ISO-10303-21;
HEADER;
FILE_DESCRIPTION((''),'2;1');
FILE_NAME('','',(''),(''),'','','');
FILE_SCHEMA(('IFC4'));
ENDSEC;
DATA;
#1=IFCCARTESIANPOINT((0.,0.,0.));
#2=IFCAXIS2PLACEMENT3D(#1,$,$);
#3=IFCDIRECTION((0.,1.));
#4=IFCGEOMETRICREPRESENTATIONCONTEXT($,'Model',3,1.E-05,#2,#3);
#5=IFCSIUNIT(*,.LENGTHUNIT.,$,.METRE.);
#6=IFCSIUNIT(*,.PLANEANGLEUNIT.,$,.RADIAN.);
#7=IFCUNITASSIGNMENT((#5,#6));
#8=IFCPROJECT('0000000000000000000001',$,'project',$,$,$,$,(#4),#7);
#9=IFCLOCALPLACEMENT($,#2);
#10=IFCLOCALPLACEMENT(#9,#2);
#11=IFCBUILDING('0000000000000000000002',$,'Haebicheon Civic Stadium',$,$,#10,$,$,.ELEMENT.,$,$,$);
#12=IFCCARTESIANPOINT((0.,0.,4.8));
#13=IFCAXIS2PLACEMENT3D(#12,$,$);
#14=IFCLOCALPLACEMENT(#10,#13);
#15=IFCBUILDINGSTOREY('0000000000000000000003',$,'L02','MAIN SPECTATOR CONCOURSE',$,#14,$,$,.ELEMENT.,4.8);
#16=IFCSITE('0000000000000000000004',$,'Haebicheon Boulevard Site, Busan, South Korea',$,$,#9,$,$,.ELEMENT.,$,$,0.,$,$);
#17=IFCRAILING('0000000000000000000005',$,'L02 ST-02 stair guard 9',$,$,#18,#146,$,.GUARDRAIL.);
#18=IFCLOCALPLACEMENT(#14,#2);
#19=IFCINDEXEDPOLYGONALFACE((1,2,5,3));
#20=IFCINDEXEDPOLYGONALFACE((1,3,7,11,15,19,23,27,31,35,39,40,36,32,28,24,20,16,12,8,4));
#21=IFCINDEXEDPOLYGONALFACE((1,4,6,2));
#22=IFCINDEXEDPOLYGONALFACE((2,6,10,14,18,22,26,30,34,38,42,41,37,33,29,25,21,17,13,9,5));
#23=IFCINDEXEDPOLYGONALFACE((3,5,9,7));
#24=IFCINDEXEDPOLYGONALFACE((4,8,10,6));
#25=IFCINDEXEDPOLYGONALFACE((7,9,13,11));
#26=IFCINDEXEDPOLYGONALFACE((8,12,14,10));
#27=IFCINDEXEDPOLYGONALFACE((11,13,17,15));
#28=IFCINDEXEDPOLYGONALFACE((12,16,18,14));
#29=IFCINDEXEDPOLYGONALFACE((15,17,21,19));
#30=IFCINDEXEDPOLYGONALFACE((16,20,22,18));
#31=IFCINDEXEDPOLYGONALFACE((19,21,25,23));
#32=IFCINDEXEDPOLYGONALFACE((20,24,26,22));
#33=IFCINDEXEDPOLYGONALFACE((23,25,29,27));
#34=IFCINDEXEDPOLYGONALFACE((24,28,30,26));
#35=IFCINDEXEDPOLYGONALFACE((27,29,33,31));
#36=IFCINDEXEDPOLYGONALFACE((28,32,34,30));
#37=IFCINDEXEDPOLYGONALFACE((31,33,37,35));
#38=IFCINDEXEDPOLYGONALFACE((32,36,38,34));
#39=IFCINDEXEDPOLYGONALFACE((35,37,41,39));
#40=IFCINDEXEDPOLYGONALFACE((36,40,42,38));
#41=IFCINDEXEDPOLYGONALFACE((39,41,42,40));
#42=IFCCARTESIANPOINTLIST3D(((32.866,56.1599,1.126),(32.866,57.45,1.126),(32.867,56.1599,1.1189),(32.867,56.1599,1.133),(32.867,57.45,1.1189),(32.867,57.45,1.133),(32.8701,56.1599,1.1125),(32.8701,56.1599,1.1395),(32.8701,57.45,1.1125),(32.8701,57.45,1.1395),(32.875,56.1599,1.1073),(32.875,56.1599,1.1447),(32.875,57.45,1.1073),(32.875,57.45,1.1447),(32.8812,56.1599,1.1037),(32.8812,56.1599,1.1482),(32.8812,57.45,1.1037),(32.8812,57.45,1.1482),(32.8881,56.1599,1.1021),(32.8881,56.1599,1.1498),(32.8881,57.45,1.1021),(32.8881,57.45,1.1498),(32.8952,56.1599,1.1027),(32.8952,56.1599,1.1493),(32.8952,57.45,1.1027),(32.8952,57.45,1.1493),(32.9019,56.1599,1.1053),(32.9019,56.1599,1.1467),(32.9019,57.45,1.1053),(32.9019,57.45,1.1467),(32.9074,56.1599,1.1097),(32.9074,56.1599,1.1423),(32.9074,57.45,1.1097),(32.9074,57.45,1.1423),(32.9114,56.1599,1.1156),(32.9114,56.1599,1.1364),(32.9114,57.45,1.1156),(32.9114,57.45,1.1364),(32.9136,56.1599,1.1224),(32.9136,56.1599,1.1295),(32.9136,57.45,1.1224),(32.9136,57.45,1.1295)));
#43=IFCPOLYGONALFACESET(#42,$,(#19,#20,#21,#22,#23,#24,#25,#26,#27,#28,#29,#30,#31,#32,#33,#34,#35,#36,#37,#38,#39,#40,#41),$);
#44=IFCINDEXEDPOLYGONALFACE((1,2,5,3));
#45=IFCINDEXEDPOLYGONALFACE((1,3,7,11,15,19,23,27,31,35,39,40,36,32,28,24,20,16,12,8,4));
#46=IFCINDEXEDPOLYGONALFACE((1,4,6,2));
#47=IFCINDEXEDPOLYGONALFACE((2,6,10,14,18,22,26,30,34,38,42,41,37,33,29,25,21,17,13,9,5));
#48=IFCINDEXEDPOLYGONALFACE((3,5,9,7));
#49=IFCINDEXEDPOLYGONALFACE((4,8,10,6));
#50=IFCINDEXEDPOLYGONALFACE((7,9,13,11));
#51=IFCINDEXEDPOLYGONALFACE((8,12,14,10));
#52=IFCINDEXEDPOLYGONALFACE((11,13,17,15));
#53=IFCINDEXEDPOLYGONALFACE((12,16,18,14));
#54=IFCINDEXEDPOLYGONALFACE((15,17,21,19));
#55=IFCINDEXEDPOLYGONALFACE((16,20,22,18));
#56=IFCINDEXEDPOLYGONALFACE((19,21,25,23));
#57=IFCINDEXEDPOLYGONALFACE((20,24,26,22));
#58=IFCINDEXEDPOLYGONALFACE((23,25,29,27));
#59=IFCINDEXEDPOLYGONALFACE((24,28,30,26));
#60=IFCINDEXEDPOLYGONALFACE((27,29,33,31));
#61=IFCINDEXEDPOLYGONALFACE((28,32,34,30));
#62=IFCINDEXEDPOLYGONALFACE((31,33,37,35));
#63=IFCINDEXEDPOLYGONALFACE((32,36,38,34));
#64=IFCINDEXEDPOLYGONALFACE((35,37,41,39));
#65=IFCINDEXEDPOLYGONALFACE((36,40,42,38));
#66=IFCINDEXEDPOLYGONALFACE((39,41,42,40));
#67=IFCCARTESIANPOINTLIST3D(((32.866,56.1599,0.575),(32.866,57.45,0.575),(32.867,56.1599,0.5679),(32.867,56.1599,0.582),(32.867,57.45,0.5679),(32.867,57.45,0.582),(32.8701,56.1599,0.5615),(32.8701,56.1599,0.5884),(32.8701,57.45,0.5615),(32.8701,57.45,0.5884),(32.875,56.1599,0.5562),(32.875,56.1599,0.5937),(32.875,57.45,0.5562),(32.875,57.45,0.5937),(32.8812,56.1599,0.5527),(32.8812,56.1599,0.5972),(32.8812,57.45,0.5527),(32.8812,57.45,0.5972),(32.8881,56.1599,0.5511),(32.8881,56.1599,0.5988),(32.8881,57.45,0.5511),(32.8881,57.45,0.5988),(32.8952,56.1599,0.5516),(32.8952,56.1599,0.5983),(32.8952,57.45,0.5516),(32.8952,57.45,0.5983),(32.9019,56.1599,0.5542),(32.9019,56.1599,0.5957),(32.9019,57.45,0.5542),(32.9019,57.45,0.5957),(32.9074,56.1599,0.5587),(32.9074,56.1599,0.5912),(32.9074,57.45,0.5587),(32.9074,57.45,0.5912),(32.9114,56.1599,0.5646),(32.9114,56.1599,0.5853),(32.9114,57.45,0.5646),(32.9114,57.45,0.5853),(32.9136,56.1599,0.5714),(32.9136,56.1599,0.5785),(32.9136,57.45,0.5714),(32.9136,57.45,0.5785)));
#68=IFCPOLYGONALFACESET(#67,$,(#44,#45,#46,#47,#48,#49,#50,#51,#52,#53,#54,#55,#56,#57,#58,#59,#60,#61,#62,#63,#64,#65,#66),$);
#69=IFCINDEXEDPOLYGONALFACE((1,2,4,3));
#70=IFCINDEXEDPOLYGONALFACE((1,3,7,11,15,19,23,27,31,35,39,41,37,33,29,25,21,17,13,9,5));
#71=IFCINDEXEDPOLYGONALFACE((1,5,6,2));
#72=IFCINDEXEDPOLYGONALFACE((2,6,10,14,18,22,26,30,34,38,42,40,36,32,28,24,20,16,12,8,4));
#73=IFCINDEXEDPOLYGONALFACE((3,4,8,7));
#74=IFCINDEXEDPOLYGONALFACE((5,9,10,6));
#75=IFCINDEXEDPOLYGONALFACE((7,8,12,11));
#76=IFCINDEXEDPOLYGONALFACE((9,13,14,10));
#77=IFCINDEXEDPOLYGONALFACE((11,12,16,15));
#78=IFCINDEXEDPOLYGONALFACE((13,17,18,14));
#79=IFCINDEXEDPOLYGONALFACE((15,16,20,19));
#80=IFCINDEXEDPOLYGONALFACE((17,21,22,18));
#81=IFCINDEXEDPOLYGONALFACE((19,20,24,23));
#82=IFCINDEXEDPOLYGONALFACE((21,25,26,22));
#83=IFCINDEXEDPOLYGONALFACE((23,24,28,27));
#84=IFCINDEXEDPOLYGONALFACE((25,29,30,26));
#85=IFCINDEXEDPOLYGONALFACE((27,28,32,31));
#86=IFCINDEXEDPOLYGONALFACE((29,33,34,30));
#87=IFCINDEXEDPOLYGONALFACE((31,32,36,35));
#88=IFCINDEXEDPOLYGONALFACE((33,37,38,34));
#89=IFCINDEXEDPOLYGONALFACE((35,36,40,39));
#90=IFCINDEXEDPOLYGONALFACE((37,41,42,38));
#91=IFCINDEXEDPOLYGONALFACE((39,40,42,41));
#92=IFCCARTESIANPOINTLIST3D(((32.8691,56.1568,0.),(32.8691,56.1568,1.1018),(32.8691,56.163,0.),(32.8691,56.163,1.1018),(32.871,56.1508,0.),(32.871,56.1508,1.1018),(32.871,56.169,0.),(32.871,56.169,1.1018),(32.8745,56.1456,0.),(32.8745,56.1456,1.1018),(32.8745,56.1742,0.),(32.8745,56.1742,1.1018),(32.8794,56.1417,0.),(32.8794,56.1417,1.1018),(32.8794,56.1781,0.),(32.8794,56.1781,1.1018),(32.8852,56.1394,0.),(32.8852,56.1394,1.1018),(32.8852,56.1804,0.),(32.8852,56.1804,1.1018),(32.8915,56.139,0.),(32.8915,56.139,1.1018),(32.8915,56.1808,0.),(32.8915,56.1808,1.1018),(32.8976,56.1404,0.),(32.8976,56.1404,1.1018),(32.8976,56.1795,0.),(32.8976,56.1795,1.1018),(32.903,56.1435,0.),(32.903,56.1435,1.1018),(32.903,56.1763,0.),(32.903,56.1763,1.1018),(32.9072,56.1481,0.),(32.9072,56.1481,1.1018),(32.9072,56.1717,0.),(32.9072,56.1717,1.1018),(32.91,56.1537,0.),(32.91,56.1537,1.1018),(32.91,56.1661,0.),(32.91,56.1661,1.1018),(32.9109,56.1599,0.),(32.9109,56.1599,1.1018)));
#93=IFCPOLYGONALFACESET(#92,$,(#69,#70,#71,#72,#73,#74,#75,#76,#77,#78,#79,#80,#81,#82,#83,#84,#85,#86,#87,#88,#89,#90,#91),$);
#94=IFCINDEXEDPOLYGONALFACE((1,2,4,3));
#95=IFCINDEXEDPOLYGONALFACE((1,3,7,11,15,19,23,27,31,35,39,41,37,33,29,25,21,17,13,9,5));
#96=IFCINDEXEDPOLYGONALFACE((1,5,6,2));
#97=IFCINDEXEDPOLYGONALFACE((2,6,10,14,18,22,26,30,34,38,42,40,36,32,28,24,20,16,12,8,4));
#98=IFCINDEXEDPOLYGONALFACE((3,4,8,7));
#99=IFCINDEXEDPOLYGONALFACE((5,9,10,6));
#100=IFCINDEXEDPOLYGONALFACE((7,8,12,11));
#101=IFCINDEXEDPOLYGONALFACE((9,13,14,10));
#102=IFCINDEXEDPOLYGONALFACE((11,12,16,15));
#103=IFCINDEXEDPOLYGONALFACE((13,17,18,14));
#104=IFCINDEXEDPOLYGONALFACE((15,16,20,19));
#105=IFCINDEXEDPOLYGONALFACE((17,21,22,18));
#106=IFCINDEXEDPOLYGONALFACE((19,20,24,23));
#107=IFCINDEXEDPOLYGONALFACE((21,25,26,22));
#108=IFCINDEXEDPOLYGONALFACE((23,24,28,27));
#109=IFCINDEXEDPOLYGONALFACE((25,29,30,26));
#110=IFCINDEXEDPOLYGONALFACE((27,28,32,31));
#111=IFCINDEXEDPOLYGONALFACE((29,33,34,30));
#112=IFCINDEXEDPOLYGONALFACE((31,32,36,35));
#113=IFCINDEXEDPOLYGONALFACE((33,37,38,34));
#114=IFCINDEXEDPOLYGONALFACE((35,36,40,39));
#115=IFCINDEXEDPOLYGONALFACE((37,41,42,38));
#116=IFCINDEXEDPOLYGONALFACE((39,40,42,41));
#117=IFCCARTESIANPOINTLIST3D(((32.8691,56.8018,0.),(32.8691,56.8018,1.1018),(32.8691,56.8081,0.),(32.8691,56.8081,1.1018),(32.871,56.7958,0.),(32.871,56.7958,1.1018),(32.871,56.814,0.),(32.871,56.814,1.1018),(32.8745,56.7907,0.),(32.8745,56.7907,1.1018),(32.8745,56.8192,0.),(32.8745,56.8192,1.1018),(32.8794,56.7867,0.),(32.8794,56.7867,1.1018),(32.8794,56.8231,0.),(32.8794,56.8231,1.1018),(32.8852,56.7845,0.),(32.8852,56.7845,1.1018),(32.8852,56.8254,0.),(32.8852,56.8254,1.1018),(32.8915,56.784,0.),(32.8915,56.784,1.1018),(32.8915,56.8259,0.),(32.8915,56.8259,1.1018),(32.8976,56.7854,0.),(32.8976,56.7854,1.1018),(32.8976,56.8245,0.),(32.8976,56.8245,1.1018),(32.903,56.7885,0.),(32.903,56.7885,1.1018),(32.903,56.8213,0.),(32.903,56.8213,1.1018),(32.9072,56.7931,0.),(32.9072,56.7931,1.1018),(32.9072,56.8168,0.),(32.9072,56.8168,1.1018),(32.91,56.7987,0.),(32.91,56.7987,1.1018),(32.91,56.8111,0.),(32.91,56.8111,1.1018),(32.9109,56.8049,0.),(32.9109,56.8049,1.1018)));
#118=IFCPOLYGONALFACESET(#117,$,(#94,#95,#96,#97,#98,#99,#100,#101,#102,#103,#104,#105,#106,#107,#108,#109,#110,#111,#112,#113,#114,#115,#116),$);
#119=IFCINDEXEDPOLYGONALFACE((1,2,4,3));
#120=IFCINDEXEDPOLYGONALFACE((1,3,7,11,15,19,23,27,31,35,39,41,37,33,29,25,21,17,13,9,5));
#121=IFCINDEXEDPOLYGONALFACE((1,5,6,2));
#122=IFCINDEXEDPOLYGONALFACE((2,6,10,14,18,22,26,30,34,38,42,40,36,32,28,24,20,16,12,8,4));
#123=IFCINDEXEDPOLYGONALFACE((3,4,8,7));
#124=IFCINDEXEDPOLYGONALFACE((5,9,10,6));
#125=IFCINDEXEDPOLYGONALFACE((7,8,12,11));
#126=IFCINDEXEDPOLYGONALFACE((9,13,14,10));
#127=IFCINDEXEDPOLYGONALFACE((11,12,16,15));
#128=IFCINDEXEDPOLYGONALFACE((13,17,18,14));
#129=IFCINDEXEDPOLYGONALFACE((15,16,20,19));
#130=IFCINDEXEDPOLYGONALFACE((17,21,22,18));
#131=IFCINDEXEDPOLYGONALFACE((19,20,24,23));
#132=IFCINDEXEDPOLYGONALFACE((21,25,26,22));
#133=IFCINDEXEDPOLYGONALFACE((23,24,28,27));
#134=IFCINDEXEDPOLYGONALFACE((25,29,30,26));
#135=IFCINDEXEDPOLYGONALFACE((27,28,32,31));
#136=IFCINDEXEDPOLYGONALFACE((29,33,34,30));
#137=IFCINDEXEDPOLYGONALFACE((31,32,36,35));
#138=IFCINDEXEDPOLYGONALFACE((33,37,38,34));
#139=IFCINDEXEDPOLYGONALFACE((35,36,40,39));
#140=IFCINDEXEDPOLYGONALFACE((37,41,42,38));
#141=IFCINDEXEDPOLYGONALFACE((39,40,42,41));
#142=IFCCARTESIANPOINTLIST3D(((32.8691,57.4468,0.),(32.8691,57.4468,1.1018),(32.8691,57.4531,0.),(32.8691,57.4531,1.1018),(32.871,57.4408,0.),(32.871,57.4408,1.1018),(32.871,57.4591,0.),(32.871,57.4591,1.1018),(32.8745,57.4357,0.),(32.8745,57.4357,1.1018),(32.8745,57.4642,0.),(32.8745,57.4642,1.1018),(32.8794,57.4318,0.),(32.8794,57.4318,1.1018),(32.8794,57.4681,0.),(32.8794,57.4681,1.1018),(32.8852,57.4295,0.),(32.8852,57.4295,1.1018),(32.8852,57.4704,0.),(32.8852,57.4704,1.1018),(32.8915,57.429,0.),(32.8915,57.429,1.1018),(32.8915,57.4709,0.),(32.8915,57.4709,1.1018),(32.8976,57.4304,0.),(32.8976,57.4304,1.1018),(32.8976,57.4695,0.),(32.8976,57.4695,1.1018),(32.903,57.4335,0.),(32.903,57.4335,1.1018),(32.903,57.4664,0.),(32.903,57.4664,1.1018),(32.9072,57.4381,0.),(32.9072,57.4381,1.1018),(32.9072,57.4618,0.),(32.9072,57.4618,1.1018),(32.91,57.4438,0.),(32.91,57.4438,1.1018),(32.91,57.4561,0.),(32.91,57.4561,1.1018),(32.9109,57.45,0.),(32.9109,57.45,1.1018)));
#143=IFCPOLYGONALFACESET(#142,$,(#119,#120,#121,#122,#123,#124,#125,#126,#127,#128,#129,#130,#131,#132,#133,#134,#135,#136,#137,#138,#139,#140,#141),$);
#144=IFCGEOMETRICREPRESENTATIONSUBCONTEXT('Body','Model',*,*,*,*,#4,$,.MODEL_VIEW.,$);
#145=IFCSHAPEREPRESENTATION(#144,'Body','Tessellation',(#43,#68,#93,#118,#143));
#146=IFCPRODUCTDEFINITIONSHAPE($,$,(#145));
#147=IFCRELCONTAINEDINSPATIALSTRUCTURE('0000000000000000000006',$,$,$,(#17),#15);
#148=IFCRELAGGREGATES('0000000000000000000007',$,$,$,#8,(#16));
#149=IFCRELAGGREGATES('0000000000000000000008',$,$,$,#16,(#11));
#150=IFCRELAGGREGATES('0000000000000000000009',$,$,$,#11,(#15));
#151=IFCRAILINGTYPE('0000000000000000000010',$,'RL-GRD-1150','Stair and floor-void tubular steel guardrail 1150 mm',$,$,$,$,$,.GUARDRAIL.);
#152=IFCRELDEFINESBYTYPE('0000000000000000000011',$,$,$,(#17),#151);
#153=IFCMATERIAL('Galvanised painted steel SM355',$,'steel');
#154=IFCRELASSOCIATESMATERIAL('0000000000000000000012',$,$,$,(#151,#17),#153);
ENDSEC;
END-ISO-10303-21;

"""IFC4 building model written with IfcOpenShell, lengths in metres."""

from ifc_helpers import new_model, si_unit, direction, frame, origin, origin_2d, place, context, subcontext, project, spatial, circle, extrude, material, type_object, element, save


model = new_model("IFC4")

# Units and contexts
model_context = context("Model", 3, precision=1e-05, world=origin(), true_north=direction((0.0, 1.0)))
body_context = subcontext(model_context, "Body", "Model", "MODEL_VIEW")
ifc_project = project(units=[si_unit("LENGTHUNIT", "METRE"), si_unit("PLANEANGLEUNIT", "RADIAN")], contexts=[model_context])

# Site, building, storey
site_placement = place(None, origin())
site = spatial("IfcSite", under=ifc_project, at=site_placement, Name="Haebicheon Boulevard Site, Busan, South Korea", CompositionType="ELEMENT", RefElevation=0.0)
building_placement = place(site_placement, origin())
building = spatial("IfcBuilding", under=site, at=building_placement, Name="Haebicheon Civic Stadium", CompositionType="ELEMENT")
storey_placement = place(building_placement, frame((0.0, 0.0, 4.8)))
storey = spatial("IfcBuildingStorey", under=building, at=storey_placement, Name="L02", Description="MAIN SPECTATOR CONCOURSE", CompositionType="ELEMENT", Elevation=4.8)

# Railing
ifc_material_1 = material(Name="Galvanised painted steel SM355", Category="steel")
railing_type_1 = type_object("IfcRailingType", Name="RL-GRD-1150", Description="Stair and floor-void tubular steel guardrail 1150 mm", PredefinedType="GUARDRAIL", material=ifc_material_1)
for number, where, name in (
    (1, (32.8899, 56.1599, 0.0), "L02 ST-02 stair guard 9"),
):
    element("IfcRailing", number, at=place(storey_placement, frame(where)), inside=storey, type_object=railing_type_1, material=ifc_material_1, Name=name, PredefinedType="GUARDRAIL", context=body_context, shape_type="SweptSolid", body=[
        extrude(circle(Radius=0.0239, at=origin_2d()), frame((0.0, 0.0, 1.126), z_axis=(0.0, 1.0, 0.0), x_axis=(-1.0, 0.0, 0.0)), (0.0, 0.0, 1.0), 1.29),
        extrude(circle(Radius=0.0239, at=origin_2d()), frame((0.0, 0.0, 0.575), z_axis=(0.0, 1.0, 0.0), x_axis=(-1.0, 0.0, 0.0)), (0.0, 0.0, 1.0), 1.29),
        extrude(circle(Radius=0.021, at=origin_2d()), origin(), (0.0, 0.0, 1.0), 1.1018),
        extrude(circle(Radius=0.021, at=origin_2d()), frame((0.0, 0.645, 0.0)), (0.0, 0.0, 1.0), 1.1018),
        extrude(circle(Radius=0.021, at=origin_2d()), frame((0.0, 1.29, 0.0)), (0.0, 0.0, 1.0), 1.1018),
    ])

save(model, "model.ifc")
